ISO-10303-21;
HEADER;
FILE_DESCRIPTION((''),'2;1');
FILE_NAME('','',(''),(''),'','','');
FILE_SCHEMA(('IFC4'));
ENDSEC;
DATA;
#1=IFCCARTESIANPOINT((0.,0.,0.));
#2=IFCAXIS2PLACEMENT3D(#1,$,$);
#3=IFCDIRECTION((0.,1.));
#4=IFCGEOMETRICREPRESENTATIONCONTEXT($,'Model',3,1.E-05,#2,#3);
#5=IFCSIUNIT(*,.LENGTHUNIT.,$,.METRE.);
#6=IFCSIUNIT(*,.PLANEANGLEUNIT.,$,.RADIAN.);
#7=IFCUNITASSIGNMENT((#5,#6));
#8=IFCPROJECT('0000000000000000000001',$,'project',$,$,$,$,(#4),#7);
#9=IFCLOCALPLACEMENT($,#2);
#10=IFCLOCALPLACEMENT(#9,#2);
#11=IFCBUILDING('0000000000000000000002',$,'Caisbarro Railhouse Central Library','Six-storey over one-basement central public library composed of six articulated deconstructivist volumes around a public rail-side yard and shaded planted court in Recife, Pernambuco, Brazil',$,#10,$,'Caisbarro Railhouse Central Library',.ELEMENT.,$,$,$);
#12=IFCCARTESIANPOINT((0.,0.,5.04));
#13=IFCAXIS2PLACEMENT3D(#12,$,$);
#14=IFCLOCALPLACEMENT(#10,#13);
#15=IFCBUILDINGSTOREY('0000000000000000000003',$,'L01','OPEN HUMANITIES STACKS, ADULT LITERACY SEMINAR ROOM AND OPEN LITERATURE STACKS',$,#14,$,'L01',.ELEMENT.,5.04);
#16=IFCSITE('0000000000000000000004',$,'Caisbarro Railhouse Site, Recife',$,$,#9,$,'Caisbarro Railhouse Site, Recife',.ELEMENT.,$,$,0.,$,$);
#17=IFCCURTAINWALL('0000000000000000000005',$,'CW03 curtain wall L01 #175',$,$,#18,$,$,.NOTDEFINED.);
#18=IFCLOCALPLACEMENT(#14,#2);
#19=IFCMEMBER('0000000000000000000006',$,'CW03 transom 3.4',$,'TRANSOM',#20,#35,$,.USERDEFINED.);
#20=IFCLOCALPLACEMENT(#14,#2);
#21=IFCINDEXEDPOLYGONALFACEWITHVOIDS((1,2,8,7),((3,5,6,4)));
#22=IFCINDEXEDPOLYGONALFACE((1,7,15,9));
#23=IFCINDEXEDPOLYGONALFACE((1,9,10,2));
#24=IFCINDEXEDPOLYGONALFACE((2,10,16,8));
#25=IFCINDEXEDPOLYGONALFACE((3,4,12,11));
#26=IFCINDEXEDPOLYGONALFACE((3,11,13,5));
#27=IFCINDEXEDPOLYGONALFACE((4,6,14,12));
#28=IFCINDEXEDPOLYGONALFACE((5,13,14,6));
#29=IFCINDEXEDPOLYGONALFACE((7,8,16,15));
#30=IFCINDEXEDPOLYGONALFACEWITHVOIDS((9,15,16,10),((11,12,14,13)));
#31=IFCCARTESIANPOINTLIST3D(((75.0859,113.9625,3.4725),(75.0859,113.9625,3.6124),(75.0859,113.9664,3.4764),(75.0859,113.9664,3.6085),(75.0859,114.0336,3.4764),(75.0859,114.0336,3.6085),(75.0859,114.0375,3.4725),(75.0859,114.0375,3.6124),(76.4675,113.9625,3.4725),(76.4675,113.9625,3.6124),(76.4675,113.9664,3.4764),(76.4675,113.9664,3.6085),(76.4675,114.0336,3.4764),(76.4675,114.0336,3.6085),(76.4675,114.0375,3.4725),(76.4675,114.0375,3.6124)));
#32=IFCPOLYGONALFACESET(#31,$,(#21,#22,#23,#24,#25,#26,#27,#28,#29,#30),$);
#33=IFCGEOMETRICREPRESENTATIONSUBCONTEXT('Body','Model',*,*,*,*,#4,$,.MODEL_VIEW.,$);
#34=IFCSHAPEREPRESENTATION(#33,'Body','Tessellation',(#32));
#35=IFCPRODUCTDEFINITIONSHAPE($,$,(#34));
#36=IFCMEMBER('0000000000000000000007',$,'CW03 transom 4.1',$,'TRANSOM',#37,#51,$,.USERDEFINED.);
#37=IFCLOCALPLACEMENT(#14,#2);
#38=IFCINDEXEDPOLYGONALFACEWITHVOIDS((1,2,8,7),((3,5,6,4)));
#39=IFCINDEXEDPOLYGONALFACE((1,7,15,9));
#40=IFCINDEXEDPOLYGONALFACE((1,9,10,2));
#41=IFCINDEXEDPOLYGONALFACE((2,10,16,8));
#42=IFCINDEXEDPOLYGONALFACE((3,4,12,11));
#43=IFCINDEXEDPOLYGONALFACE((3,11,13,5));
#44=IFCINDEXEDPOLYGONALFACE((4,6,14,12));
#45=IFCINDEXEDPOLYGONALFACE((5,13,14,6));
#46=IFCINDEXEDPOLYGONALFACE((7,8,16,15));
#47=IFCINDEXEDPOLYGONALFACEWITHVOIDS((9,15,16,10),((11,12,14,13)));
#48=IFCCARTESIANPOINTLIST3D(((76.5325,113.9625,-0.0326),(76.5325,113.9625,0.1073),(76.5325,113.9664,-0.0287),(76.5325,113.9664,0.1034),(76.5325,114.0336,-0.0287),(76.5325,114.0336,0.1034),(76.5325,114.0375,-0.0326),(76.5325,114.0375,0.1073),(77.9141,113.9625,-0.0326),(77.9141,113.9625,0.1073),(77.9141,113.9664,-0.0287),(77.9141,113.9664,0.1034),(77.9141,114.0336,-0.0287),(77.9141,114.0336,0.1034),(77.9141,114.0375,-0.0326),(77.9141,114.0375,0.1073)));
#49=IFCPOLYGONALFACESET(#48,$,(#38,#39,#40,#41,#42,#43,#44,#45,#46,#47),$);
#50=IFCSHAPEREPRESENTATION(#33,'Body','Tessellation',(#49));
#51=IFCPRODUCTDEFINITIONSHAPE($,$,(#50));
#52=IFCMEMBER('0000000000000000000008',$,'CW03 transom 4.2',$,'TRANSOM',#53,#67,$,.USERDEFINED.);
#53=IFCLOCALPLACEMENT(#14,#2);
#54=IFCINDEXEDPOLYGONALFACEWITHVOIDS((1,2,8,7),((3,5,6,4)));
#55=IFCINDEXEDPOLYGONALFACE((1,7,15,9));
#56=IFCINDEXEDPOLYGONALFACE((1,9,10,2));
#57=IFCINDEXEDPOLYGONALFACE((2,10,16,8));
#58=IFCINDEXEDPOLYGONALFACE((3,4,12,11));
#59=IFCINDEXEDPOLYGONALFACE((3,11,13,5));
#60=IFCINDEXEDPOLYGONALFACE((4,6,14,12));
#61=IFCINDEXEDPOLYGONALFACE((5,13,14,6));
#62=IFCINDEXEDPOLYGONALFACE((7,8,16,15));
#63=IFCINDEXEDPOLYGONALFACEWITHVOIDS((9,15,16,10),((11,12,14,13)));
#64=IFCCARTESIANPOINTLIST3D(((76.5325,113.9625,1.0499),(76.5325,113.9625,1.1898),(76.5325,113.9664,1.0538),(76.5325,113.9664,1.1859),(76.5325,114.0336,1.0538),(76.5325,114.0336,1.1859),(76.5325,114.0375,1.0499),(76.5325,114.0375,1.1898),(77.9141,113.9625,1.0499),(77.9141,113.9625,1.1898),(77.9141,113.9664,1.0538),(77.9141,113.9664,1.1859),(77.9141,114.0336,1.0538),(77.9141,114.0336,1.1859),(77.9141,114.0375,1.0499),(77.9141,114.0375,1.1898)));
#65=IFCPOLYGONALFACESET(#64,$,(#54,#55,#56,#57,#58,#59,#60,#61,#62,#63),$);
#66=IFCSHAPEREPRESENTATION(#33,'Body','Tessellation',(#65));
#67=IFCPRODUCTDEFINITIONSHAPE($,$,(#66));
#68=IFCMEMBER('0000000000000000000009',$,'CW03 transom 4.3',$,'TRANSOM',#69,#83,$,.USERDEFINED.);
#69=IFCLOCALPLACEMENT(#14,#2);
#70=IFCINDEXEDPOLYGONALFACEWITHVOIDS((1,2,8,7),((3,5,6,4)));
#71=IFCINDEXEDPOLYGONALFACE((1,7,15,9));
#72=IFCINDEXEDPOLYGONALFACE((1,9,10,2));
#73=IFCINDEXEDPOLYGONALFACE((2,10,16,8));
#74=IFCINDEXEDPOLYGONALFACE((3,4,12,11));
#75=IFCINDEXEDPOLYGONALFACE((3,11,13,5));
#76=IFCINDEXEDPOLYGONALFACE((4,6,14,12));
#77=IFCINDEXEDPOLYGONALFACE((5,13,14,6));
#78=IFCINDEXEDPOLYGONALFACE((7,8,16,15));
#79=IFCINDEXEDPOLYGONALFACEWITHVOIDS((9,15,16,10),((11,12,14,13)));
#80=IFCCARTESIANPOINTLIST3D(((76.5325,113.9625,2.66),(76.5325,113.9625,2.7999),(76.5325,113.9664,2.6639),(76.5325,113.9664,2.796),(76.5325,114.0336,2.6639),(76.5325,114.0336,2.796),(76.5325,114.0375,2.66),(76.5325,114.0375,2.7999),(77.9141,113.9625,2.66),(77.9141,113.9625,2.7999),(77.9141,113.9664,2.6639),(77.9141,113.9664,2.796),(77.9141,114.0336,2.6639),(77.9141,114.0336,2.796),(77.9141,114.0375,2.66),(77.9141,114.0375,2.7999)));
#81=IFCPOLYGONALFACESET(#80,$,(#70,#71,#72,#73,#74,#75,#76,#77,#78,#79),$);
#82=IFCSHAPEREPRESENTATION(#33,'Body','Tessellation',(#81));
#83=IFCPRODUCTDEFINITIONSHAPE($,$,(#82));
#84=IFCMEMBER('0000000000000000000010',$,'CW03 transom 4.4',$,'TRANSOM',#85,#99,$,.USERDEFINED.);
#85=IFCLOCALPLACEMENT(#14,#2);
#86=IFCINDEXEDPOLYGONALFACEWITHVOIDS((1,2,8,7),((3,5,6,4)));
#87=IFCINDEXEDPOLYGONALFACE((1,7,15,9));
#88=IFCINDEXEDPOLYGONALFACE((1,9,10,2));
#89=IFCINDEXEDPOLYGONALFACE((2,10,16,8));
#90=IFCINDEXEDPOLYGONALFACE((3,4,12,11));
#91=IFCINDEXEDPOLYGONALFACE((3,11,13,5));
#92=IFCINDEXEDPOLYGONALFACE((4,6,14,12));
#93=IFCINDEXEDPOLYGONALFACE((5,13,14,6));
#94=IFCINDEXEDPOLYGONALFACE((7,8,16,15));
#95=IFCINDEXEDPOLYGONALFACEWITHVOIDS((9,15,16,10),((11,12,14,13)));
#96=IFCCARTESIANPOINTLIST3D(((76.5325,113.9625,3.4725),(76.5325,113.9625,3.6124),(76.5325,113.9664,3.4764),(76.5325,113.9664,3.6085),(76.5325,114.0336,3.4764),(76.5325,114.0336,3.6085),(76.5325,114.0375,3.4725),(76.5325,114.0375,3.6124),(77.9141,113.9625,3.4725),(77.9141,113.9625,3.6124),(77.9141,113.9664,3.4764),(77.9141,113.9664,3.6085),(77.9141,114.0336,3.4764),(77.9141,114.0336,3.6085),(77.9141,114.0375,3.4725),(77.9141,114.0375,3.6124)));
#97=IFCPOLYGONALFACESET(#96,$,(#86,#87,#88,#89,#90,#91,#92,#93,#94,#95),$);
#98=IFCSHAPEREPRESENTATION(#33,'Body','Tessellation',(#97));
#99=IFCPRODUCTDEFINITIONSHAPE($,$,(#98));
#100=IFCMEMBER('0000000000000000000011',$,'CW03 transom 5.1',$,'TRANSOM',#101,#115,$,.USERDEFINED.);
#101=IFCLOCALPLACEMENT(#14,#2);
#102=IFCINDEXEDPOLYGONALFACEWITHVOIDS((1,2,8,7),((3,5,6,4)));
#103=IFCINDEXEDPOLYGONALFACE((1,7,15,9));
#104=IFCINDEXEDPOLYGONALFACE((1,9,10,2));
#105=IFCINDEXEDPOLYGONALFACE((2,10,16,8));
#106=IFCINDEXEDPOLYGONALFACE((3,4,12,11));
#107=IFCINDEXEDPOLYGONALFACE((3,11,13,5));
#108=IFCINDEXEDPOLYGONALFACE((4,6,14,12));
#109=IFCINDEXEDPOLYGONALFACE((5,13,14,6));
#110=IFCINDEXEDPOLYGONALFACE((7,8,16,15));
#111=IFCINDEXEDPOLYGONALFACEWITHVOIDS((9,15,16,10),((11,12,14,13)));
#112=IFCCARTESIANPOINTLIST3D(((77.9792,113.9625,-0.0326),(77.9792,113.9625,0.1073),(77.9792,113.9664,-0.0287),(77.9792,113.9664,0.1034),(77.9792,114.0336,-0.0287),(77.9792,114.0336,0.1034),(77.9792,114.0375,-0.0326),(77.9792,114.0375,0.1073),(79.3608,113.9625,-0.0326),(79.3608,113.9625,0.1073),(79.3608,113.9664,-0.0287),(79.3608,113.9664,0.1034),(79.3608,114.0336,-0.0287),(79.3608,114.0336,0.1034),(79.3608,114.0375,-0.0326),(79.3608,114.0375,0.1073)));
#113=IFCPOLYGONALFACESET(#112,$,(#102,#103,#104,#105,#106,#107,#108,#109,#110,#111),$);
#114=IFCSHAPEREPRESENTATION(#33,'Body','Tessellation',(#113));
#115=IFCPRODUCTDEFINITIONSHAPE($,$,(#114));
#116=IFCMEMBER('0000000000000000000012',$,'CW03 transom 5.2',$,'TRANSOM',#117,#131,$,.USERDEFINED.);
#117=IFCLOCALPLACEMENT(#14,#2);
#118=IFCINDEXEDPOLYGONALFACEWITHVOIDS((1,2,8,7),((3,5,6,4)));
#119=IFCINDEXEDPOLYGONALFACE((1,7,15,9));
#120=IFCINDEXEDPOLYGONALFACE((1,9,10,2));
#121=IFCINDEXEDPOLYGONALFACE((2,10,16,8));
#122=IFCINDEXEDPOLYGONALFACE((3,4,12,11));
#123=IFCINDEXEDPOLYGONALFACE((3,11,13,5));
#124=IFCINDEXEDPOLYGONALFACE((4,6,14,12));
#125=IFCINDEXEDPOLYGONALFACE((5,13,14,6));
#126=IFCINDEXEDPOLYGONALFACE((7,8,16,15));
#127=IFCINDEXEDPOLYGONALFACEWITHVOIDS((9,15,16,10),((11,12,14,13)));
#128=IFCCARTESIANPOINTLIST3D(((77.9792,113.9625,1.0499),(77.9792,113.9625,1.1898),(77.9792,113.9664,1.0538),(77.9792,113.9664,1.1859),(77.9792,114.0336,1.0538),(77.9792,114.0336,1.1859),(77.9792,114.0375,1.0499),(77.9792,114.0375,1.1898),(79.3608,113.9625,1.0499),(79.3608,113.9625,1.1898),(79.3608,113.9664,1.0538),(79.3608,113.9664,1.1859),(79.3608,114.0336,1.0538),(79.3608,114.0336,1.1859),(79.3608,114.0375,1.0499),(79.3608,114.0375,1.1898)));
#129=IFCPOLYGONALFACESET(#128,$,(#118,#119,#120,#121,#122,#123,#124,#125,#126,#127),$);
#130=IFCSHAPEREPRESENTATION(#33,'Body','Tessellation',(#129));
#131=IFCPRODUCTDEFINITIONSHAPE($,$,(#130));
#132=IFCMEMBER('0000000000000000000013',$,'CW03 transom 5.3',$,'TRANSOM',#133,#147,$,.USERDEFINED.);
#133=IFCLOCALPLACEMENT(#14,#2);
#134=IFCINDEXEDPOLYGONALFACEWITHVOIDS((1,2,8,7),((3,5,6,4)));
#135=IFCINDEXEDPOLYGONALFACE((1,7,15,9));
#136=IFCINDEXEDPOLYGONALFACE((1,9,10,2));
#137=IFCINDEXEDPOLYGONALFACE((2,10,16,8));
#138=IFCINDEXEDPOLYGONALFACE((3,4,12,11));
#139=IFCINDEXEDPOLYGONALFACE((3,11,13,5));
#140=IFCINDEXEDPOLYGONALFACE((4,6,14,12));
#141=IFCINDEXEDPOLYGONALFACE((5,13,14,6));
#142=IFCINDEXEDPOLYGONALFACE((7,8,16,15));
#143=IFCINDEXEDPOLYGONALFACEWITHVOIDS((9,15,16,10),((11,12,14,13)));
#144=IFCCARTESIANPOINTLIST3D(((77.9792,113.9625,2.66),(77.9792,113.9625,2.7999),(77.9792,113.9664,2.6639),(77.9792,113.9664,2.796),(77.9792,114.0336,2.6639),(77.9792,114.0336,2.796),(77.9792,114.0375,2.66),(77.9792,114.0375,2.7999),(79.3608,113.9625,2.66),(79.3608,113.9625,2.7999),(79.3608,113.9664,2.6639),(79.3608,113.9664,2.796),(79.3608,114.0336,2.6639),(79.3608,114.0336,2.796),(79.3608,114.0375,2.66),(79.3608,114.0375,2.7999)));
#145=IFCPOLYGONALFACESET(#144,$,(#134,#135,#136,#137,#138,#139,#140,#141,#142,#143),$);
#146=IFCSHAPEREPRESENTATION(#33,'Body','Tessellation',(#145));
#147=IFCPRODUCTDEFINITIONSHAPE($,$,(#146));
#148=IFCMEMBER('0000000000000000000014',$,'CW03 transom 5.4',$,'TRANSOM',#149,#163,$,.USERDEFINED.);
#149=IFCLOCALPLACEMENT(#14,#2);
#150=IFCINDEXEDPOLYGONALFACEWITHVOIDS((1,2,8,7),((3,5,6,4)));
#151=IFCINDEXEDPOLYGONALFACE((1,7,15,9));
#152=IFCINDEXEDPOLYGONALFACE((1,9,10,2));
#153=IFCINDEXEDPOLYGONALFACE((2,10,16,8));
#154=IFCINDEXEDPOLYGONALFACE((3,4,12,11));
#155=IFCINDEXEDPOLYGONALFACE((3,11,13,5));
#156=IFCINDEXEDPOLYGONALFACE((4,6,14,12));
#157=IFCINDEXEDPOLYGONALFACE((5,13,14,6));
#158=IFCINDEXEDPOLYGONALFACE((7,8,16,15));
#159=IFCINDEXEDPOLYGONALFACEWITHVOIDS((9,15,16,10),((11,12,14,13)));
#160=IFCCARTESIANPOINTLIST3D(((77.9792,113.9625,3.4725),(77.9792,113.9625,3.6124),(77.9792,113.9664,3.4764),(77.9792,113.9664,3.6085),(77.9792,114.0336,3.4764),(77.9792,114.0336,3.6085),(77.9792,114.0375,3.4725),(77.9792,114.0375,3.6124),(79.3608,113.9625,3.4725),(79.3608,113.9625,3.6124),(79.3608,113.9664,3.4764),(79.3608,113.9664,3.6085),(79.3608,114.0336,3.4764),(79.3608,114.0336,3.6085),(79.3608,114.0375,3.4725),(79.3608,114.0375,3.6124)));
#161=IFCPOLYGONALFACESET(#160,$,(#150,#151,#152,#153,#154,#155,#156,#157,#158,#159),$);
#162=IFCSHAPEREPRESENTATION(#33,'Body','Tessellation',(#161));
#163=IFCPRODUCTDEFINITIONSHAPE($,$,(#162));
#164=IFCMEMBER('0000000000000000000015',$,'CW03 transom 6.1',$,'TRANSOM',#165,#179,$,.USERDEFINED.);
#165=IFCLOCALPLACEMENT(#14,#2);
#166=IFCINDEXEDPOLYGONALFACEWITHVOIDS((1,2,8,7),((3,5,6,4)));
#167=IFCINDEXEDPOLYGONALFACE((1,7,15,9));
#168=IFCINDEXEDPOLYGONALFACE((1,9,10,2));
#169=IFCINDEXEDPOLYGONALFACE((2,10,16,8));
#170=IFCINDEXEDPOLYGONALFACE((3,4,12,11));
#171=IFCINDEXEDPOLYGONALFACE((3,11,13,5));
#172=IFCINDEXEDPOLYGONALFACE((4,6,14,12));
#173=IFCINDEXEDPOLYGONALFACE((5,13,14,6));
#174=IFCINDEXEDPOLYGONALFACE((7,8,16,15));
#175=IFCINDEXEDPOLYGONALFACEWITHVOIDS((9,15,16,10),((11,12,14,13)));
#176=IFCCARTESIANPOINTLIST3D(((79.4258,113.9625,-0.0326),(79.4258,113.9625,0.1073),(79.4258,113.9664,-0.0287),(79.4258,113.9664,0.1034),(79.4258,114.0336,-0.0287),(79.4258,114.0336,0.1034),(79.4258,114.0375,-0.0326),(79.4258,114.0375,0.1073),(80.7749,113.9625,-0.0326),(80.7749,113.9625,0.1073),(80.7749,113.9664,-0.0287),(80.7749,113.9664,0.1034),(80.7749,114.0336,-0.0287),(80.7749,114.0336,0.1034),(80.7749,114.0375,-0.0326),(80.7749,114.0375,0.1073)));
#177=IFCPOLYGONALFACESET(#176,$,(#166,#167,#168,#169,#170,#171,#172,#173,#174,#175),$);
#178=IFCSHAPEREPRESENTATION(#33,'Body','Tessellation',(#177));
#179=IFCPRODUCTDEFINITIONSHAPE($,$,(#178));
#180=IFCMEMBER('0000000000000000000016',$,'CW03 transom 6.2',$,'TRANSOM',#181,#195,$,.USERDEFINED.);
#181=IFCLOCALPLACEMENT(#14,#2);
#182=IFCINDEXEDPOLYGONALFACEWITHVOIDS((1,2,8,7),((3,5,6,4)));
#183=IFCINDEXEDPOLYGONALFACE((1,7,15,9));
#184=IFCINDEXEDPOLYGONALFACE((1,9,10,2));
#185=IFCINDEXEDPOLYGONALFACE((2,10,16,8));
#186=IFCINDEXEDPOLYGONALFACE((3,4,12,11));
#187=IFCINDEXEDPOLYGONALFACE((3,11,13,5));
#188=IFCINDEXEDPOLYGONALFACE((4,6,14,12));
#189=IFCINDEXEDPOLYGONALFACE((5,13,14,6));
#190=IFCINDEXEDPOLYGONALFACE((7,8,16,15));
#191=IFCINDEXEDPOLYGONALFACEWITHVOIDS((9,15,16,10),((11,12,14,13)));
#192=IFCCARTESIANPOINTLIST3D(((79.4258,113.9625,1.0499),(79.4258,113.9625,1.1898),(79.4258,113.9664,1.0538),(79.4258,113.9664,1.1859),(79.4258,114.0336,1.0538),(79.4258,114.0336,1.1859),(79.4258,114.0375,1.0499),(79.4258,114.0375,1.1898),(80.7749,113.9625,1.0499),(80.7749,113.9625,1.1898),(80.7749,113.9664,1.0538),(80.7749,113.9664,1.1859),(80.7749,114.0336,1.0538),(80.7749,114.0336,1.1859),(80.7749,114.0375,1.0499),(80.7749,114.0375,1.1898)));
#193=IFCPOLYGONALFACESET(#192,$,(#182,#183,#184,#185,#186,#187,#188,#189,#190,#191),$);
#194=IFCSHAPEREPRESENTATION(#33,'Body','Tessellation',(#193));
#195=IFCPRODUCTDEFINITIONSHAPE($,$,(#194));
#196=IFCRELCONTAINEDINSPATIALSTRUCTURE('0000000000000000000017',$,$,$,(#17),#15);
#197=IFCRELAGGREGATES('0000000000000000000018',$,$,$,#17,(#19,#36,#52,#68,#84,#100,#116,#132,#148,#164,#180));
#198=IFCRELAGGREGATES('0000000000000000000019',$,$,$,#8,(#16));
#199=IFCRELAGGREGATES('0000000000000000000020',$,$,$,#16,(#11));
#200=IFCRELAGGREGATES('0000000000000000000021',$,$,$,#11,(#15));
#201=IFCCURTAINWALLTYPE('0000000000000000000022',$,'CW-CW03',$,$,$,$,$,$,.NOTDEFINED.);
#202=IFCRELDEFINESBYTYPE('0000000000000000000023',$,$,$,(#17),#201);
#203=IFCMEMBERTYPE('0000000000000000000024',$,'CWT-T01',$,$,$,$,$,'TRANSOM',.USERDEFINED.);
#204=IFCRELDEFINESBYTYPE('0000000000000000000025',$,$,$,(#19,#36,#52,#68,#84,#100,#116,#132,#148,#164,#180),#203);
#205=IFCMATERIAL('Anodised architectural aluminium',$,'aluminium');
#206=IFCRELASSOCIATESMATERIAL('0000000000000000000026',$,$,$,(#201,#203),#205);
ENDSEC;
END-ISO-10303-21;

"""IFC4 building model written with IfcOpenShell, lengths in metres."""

from ifc_helpers import new_model, si_unit, direction, frame, origin, origin_2d, place, context, subcontext, project, spatial, hollow_rectangle, extrude, material, material_profile, profile_set, type_object, element, aggregate, save


model = new_model("IFC4")

# Units and contexts
model_context = context("Model", 3, precision=1e-05, world=origin(), true_north=direction((0.0, 1.0)))
body_context = subcontext(model_context, "Body", "Model", "MODEL_VIEW")
ifc_project = project(units=[si_unit("LENGTHUNIT", "METRE"), si_unit("PLANEANGLEUNIT", "RADIAN")], contexts=[model_context])

# Site, building, storey
site_placement = place(None, origin())
site = spatial("IfcSite", under=ifc_project, at=site_placement, Name="Caisbarro Railhouse Site, Recife", LongName="Caisbarro Railhouse Site, Recife", CompositionType="ELEMENT", RefElevation=0.0)
building_placement = place(site_placement, origin())
building = spatial("IfcBuilding", under=site, at=building_placement, Name="Caisbarro Railhouse Central Library", Description="Six-storey over one-basement central public library composed of six articulated deconstructivist volumes around a public rail-side yard and shaded planted court in Recife, Pernambuco, Brazil", LongName="Caisbarro Railhouse Central Library", CompositionType="ELEMENT")
storey_placement = place(building_placement, frame((0.0, 0.0, 5.04)))
storey = spatial("IfcBuildingStorey", under=building, at=storey_placement, Name="L01", Description="OPEN HUMANITIES STACKS, ADULT LITERACY SEMINAR ROOM AND OPEN LITERATURE STACKS", LongName="L01", CompositionType="ELEMENT", Elevation=5.04)

# Curtain wall
ifc_material_1 = material(Name="Anodised architectural aluminium", Category="aluminium")
curtain_wall_type = type_object("IfcCurtainWallType", Name="CW-CW03", PredefinedType="NOTDEFINED", material=ifc_material_1)
curtain_wall_1_placement = place(storey_placement, origin())
curtain_wall_1 = element("IfcCurtainWall", 1, at=curtain_wall_1_placement, inside=storey, type_object=curtain_wall_type, Name="CW03 curtain wall L01 #175", PredefinedType="NOTDEFINED")

# Members
ifc_material_profile_1 = material_profile(ifc_material_1, hollow_rectangle(XDim=0.075, YDim=0.1399, WallThickness=0.0039, at=origin_2d()), Name="ALU-TRN-75X140")
ifc_profile_set_1 = profile_set([ifc_material_profile_1], Name="Anodised architectural aluminium")
member_type_1 = type_object("IfcMemberType", Name="CWT-T01", ElementType="TRANSOM", PredefinedType="USERDEFINED", material=ifc_profile_set_1)
member_1_placement = place(storey_placement, frame((75.0859, 114.0, 3.5425), z_axis=(1.0, 0.0, 0.0), x_axis=(0.0, 1.0, 0.0)))
member_1 = element("IfcMember", 2, at=member_1_placement, type_object=member_type_1, Name="CW03 transom 3.4", ObjectType="TRANSOM", PredefinedType="USERDEFINED", context=body_context, shape_type="SweptSolid", body=[
    extrude(hollow_rectangle(XDim=0.075, YDim=0.1399, WallThickness=0.0039, at=origin_2d()), origin(), (0.0, 0.0, 1.0), 1.3816),
])
member_2_placement = place(storey_placement, frame((76.5325, 114.0, 0.0374), z_axis=(1.0, 0.0, 0.0), x_axis=(0.0, 1.0, 0.0)))
member_2 = element("IfcMember", 3, at=member_2_placement, type_object=member_type_1, Name="CW03 transom 4.1", ObjectType="TRANSOM", PredefinedType="USERDEFINED", context=body_context, shape_type="SweptSolid", body=[
    extrude(hollow_rectangle(XDim=0.075, YDim=0.1399, WallThickness=0.0039, at=origin_2d()), origin(), (0.0, 0.0, 1.0), 1.3816),
])
member_3_placement = place(storey_placement, frame((76.5325, 114.0, 1.1199), z_axis=(1.0, 0.0, 0.0), x_axis=(0.0, 1.0, 0.0)))
member_3 = element("IfcMember", 4, at=member_3_placement, type_object=member_type_1, Name="CW03 transom 4.2", ObjectType="TRANSOM", PredefinedType="USERDEFINED", context=body_context, shape_type="SweptSolid", body=[
    extrude(hollow_rectangle(XDim=0.075, YDim=0.1399, WallThickness=0.0039, at=origin_2d()), origin(), (0.0, 0.0, 1.0), 1.3816),
])
member_4_placement = place(storey_placement, frame((76.5325, 114.0, 2.73), z_axis=(1.0, 0.0, 0.0), x_axis=(0.0, 1.0, 0.0)))
member_4 = element("IfcMember", 5, at=member_4_placement, type_object=member_type_1, Name="CW03 transom 4.3", ObjectType="TRANSOM", PredefinedType="USERDEFINED", context=body_context, shape_type="SweptSolid", body=[
    extrude(hollow_rectangle(XDim=0.075, YDim=0.1399, WallThickness=0.0039, at=origin_2d()), origin(), (0.0, 0.0, 1.0), 1.3816),
])
member_5_placement = place(storey_placement, frame((76.5325, 114.0, 3.5425), z_axis=(1.0, 0.0, 0.0), x_axis=(0.0, 1.0, 0.0)))
member_5 = element("IfcMember", 6, at=member_5_placement, type_object=member_type_1, Name="CW03 transom 4.4", ObjectType="TRANSOM", PredefinedType="USERDEFINED", context=body_context, shape_type="SweptSolid", body=[
    extrude(hollow_rectangle(XDim=0.075, YDim=0.1399, WallThickness=0.0039, at=origin_2d()), origin(), (0.0, 0.0, 1.0), 1.3816),
])
member_6_placement = place(storey_placement, frame((77.9792, 114.0, 0.0374), z_axis=(1.0, 0.0, 0.0), x_axis=(0.0, 1.0, 0.0)))
member_6 = element("IfcMember", 7, at=member_6_placement, type_object=member_type_1, Name="CW03 transom 5.1", ObjectType="TRANSOM", PredefinedType="USERDEFINED", context=body_context, shape_type="SweptSolid", body=[
    extrude(hollow_rectangle(XDim=0.075, YDim=0.1399, WallThickness=0.0039, at=origin_2d()), origin(), (0.0, 0.0, 1.0), 1.3816),
])
member_7_placement = place(storey_placement, frame((77.9792, 114.0, 1.1199), z_axis=(1.0, 0.0, 0.0), x_axis=(0.0, 1.0, 0.0)))
member_7 = element("IfcMember", 8, at=member_7_placement, type_object=member_type_1, Name="CW03 transom 5.2", ObjectType="TRANSOM", PredefinedType="USERDEFINED", context=body_context, shape_type="SweptSolid", body=[
    extrude(hollow_rectangle(XDim=0.075, YDim=0.1399, WallThickness=0.0039, at=origin_2d()), origin(), (0.0, 0.0, 1.0), 1.3816),
])
member_8_placement = place(storey_placement, frame((77.9792, 114.0, 2.73), z_axis=(1.0, 0.0, 0.0), x_axis=(0.0, 1.0, 0.0)))
member_8 = element("IfcMember", 9, at=member_8_placement, type_object=member_type_1, Name="CW03 transom 5.3", ObjectType="TRANSOM", PredefinedType="USERDEFINED", context=body_context, shape_type="SweptSolid", body=[
    extrude(hollow_rectangle(XDim=0.075, YDim=0.1399, WallThickness=0.0039, at=origin_2d()), origin(), (0.0, 0.0, 1.0), 1.3816),
])
member_9_placement = place(storey_placement, frame((77.9792, 114.0, 3.5425), z_axis=(1.0, 0.0, 0.0), x_axis=(0.0, 1.0, 0.0)))
member_9 = element("IfcMember", 10, at=member_9_placement, type_object=member_type_1, Name="CW03 transom 5.4", ObjectType="TRANSOM", PredefinedType="USERDEFINED", context=body_context, shape_type="SweptSolid", body=[
    extrude(hollow_rectangle(XDim=0.075, YDim=0.1399, WallThickness=0.0039, at=origin_2d()), origin(), (0.0, 0.0, 1.0), 1.3816),
])
member_10_placement = place(storey_placement, frame((79.4258, 114.0, 0.0374), z_axis=(1.0, 0.0, 0.0), x_axis=(0.0, 1.0, 0.0)))
member_10 = element("IfcMember", 11, at=member_10_placement, type_object=member_type_1, Name="CW03 transom 6.1", ObjectType="TRANSOM", PredefinedType="USERDEFINED", context=body_context, shape_type="SweptSolid", body=[
    extrude(hollow_rectangle(XDim=0.075, YDim=0.1399, WallThickness=0.0039, at=origin_2d()), origin(), (0.0, 0.0, 1.0), 1.3491),
])
member_11_placement = place(storey_placement, frame((79.4258, 114.0, 1.1199), z_axis=(1.0, 0.0, 0.0), x_axis=(0.0, 1.0, 0.0)))
member_11 = element("IfcMember", 12, at=member_11_placement, type_object=member_type_1, Name="CW03 transom 6.2", ObjectType="TRANSOM", PredefinedType="USERDEFINED", context=body_context, shape_type="SweptSolid", body=[
    extrude(hollow_rectangle(XDim=0.075, YDim=0.1399, WallThickness=0.0039, at=origin_2d()), origin(), (0.0, 0.0, 1.0), 1.3491),
])

aggregate(curtain_wall_1, [member_1, member_2, member_3, member_4, member_5, member_6, member_7, member_8, member_9, member_10, member_11])

save(model, "model.ifc")
